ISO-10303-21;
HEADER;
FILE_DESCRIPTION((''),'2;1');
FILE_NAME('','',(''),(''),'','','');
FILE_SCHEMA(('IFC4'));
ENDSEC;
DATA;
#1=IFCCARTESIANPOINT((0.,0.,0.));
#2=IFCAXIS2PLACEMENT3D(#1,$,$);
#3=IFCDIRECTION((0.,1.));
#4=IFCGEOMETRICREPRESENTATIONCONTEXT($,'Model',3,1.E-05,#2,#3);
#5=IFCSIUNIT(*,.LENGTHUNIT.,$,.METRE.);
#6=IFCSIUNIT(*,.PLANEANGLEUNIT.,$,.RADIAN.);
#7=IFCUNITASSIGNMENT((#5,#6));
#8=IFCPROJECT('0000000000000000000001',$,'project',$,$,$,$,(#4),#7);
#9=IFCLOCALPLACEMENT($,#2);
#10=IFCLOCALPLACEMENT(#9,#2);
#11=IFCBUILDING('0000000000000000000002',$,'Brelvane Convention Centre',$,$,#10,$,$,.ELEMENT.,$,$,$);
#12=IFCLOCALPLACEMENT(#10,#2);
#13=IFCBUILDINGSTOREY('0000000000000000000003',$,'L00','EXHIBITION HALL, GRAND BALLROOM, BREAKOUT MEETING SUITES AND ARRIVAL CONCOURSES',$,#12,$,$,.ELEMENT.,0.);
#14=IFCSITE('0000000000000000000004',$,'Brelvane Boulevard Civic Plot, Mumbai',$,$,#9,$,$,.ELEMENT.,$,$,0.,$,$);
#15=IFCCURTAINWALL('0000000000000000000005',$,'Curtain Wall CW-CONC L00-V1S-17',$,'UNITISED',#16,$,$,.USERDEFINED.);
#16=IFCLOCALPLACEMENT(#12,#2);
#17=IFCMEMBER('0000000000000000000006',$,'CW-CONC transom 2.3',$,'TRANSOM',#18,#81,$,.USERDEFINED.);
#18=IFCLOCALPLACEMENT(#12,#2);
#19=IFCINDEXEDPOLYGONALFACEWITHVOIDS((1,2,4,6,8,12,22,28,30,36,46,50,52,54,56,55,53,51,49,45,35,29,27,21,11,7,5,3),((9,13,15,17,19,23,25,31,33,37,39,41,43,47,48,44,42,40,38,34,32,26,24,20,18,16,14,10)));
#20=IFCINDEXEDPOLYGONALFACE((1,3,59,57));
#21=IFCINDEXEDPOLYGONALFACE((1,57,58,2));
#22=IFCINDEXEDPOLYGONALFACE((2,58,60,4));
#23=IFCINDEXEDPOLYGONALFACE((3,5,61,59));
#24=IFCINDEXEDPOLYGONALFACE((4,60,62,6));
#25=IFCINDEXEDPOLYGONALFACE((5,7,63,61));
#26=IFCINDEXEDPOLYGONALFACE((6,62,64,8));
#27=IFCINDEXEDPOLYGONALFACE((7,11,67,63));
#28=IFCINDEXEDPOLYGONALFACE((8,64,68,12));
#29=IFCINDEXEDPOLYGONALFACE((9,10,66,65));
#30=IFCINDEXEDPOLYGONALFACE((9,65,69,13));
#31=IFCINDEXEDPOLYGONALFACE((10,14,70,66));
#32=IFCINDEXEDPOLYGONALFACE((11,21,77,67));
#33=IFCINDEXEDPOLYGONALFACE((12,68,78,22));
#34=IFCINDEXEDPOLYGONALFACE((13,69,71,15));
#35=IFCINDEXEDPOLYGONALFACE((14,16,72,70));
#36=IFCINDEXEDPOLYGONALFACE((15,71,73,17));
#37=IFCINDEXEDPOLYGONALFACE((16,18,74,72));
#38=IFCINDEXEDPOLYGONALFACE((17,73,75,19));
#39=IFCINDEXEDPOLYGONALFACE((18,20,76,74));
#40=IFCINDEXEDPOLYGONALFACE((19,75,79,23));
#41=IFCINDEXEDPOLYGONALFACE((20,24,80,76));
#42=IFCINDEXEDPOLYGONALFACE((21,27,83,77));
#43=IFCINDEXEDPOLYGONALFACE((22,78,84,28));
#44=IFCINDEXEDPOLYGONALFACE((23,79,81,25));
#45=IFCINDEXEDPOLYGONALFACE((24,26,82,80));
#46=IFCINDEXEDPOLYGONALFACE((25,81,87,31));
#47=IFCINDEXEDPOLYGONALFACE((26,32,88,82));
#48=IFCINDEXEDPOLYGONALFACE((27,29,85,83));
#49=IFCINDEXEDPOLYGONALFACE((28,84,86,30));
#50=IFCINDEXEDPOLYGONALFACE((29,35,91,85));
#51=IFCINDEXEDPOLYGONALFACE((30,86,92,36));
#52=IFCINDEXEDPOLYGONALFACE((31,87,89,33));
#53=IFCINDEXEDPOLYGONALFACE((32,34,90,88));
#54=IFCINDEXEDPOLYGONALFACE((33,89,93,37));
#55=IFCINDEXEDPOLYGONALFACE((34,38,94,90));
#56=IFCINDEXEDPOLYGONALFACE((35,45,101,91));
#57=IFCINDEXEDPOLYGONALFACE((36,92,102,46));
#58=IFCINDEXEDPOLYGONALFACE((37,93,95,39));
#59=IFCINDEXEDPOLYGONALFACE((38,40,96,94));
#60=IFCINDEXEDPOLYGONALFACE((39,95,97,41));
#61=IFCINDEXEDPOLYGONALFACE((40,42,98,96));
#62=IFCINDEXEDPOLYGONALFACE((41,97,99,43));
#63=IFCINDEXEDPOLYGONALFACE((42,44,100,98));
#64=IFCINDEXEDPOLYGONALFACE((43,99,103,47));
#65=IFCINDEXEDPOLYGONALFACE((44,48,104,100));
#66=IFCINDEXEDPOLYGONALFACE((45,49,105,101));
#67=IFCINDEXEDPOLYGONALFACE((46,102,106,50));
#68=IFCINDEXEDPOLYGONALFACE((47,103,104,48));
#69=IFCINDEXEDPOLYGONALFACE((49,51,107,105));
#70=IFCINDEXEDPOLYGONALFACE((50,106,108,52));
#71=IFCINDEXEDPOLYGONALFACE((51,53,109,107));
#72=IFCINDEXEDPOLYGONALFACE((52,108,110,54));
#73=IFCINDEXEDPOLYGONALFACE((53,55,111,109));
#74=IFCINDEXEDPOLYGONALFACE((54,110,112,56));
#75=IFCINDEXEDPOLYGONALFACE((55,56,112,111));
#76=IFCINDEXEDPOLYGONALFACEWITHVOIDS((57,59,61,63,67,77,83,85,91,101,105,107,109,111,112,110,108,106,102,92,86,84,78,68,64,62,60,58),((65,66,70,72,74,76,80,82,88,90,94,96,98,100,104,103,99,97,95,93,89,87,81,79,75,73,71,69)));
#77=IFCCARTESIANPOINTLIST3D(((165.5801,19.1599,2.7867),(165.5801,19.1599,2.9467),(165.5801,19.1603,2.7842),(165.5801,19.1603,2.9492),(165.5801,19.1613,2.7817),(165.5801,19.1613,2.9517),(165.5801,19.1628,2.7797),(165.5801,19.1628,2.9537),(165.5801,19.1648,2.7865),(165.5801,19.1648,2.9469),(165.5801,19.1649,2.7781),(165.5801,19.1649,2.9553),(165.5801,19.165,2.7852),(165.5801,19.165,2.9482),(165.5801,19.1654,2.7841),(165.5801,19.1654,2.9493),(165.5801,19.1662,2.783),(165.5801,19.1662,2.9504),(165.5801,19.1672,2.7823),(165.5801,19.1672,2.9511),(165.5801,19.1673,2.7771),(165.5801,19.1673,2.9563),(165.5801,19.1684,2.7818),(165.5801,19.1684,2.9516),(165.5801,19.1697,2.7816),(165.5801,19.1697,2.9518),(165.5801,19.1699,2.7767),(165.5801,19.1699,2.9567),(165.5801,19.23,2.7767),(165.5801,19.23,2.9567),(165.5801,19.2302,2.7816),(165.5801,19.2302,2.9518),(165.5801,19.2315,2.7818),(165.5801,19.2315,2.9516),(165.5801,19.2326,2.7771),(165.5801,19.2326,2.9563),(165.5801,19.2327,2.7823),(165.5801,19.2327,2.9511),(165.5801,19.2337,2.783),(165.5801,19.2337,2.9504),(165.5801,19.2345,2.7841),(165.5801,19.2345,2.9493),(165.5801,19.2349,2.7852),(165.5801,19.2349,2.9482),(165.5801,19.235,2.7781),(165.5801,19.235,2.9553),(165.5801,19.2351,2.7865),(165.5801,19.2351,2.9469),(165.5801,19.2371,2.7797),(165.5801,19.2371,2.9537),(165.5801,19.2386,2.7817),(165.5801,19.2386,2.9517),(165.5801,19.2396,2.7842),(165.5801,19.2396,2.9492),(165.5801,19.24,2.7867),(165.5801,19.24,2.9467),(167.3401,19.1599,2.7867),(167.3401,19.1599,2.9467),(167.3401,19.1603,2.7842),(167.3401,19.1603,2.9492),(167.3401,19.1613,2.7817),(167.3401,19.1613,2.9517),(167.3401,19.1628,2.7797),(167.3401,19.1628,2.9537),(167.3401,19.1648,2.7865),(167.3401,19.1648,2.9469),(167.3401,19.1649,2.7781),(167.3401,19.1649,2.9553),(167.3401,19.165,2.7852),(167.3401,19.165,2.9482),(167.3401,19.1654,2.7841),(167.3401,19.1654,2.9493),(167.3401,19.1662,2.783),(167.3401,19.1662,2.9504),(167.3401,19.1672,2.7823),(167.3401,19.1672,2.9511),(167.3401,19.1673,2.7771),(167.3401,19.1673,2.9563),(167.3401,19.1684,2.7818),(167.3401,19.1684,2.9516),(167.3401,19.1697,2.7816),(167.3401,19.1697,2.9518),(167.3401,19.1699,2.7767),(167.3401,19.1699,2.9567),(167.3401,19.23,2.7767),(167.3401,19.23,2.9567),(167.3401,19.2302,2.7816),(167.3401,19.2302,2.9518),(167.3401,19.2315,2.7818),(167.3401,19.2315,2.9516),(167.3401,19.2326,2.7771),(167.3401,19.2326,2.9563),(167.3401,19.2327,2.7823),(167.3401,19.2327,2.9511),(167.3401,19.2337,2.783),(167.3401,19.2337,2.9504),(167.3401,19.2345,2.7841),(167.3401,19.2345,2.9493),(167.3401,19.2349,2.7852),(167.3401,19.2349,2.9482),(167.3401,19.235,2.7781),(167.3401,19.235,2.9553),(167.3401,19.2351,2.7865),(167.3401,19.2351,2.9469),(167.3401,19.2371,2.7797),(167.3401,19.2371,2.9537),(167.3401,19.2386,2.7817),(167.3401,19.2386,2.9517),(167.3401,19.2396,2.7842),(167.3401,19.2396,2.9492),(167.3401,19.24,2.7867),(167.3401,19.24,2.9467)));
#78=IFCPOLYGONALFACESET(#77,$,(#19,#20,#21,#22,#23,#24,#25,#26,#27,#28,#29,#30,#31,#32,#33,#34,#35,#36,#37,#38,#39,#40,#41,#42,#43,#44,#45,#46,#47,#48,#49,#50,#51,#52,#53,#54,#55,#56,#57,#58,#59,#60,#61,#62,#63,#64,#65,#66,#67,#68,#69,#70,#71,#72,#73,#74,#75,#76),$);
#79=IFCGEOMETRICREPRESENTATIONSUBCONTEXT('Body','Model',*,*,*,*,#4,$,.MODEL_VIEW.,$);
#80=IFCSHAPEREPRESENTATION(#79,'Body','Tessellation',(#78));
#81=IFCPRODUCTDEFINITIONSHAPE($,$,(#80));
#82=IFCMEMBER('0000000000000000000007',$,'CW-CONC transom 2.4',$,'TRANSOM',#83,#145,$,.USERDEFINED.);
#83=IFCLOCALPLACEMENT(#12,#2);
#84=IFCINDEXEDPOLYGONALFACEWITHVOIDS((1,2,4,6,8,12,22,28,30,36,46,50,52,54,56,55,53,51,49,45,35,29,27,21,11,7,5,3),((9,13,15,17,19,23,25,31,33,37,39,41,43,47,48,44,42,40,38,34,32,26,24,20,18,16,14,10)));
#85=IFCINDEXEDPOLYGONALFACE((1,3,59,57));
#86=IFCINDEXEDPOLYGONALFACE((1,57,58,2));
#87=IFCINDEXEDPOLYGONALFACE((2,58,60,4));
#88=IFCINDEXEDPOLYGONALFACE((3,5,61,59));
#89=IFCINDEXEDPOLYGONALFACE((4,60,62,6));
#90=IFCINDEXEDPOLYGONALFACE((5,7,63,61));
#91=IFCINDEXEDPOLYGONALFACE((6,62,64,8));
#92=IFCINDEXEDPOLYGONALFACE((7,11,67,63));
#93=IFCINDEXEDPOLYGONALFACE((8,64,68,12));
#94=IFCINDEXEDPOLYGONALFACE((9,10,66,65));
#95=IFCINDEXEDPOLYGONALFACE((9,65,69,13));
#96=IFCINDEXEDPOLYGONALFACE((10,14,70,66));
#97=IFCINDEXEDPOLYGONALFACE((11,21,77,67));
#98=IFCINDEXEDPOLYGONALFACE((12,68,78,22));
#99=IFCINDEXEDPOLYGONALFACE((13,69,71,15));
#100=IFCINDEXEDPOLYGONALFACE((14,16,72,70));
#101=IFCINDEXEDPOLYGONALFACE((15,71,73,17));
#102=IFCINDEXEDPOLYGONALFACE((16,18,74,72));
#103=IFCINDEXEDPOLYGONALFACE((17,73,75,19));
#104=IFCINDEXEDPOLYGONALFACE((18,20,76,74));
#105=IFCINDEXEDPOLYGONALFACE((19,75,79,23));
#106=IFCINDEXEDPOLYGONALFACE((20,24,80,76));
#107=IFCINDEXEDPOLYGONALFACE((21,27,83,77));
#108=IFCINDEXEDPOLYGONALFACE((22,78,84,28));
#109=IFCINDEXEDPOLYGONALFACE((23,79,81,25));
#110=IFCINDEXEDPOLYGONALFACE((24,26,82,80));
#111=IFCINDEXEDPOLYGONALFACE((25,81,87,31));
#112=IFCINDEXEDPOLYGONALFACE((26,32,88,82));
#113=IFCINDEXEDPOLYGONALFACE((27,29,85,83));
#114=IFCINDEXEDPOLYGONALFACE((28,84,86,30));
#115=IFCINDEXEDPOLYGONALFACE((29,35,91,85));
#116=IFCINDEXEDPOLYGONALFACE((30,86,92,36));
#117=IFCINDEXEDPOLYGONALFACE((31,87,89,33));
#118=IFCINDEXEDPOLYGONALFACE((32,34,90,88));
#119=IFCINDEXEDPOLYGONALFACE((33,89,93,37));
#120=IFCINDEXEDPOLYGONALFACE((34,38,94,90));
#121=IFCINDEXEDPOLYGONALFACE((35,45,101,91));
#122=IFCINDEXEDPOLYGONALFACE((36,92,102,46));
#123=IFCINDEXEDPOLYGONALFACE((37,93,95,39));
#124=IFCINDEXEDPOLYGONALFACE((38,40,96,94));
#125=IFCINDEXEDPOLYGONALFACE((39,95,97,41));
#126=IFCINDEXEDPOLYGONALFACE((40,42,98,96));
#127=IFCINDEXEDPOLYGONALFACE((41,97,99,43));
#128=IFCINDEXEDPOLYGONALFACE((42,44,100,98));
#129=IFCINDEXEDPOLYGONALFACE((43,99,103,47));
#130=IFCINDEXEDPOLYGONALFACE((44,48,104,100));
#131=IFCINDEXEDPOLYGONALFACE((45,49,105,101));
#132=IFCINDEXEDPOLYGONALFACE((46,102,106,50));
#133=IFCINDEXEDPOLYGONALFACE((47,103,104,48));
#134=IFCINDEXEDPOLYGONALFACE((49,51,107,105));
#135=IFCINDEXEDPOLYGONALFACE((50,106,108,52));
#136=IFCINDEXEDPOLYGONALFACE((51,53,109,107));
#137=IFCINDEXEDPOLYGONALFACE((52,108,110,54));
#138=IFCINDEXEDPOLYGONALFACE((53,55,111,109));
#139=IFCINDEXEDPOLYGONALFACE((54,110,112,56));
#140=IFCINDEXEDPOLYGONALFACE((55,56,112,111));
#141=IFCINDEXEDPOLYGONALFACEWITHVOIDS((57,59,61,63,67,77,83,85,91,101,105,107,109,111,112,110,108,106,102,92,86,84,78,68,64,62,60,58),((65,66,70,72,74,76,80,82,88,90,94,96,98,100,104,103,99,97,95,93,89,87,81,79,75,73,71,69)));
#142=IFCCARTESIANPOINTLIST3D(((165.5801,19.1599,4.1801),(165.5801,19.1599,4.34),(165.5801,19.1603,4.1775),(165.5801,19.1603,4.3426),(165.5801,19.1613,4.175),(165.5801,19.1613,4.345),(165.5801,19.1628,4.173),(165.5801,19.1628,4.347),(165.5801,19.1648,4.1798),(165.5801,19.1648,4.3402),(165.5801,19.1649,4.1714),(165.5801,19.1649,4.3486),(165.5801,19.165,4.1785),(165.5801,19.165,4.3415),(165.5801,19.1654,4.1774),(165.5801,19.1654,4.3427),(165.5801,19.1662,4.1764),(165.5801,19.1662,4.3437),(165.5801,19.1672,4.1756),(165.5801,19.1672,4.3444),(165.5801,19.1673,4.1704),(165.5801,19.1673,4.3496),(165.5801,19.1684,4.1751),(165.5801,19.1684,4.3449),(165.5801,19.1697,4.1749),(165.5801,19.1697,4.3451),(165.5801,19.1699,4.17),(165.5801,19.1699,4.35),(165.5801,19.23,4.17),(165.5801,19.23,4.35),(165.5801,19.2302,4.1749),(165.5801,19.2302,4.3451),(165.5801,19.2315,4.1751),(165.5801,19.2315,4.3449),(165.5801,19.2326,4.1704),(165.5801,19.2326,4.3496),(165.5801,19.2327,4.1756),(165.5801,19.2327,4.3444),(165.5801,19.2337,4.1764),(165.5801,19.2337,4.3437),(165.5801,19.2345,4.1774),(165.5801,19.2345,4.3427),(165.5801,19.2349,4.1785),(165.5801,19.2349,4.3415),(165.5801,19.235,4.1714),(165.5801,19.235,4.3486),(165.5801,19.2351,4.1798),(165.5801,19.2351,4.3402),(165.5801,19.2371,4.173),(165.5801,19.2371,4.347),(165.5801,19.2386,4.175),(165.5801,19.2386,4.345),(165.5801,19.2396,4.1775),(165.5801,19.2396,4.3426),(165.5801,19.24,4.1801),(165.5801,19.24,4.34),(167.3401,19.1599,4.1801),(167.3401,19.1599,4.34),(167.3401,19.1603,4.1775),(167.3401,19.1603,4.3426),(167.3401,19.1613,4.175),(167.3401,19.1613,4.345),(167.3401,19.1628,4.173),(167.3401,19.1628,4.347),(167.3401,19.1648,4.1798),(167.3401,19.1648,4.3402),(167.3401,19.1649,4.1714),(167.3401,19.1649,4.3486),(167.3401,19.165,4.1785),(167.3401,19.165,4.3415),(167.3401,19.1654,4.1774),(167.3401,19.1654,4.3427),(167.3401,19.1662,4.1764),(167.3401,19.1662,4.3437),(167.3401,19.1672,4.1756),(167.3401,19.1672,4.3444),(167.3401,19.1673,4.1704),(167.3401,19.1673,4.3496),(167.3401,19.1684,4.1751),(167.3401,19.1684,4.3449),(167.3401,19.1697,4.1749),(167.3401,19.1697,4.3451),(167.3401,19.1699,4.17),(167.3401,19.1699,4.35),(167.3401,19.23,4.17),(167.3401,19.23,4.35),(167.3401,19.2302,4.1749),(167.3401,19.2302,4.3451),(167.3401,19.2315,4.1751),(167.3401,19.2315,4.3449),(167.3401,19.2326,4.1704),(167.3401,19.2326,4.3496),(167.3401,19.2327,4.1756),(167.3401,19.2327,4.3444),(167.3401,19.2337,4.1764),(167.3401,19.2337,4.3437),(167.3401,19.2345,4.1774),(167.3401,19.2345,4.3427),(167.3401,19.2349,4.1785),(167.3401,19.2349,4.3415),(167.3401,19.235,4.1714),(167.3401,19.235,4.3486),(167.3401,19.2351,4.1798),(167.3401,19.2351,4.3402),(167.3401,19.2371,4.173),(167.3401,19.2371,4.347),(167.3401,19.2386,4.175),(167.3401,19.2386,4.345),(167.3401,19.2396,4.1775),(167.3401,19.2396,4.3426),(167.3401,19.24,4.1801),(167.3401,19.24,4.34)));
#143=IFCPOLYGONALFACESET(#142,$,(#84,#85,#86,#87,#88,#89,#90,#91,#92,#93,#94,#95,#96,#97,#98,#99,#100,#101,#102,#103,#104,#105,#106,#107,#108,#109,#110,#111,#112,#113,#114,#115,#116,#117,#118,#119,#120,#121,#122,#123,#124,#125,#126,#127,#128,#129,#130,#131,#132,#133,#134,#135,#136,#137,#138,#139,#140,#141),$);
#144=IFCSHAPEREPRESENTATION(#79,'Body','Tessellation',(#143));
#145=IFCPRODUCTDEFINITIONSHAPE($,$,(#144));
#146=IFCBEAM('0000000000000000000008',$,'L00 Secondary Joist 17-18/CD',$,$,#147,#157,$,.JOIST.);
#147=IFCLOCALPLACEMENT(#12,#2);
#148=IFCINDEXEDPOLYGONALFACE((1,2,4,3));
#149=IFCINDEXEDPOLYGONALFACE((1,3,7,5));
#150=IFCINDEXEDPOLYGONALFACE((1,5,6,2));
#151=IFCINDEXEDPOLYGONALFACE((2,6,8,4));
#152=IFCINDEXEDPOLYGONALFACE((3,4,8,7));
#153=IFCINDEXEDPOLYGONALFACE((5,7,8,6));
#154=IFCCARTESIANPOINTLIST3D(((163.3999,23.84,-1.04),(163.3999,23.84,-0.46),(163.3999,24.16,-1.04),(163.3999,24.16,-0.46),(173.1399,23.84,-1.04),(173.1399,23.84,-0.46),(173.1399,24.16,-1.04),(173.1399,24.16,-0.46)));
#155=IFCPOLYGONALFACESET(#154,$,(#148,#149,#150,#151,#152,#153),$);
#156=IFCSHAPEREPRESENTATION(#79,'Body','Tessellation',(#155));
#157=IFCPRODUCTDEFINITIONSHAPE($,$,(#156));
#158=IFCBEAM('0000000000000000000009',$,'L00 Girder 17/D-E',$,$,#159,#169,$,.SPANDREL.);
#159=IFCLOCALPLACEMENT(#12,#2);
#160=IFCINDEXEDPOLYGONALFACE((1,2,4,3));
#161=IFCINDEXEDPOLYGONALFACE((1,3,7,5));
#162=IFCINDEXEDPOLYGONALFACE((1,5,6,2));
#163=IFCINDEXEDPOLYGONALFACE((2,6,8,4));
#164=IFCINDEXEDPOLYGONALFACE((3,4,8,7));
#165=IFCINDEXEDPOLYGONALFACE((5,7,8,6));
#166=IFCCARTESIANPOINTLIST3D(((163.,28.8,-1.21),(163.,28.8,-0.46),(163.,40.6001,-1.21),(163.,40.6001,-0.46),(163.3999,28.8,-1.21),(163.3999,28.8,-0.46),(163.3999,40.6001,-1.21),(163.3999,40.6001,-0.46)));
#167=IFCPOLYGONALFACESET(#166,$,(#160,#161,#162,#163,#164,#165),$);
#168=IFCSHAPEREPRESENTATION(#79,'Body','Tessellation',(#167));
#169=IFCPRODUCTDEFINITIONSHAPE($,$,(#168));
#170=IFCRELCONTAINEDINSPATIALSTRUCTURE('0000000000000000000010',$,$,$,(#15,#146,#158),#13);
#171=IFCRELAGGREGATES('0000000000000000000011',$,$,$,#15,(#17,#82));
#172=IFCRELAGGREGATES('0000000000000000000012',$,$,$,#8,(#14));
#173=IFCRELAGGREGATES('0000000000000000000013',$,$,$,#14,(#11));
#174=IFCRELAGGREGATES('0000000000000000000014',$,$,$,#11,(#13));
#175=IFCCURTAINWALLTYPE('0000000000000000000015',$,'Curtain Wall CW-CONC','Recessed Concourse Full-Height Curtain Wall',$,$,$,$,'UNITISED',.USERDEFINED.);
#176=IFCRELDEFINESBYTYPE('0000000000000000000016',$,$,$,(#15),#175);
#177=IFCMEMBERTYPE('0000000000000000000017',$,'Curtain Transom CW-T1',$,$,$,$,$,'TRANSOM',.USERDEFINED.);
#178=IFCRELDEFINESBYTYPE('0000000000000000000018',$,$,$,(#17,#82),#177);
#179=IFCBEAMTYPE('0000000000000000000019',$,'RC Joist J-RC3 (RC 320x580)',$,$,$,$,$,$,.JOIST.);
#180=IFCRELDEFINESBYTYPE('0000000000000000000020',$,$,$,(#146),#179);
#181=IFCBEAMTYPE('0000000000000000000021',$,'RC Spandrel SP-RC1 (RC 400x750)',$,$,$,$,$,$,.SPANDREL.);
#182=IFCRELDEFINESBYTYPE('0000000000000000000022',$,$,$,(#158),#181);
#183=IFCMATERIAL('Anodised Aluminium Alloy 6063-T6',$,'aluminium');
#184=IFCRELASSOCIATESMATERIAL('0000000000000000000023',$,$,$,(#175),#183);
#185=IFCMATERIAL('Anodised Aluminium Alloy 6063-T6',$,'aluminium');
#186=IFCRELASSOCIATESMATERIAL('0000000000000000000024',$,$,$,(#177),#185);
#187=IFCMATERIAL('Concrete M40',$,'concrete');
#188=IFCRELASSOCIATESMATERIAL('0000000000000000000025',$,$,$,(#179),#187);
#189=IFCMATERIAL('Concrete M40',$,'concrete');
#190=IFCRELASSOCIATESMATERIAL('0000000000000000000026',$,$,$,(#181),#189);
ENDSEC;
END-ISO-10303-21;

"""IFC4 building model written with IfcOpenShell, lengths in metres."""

from ifc_helpers import new_model, si_unit, direction, frame, origin, origin_2d, place, context, subcontext, project, spatial, rectangle, hollow_rectangle, extrude, material, material_profile, profile_set, type_object, element, aggregate, save


model = new_model("IFC4")

# Units and contexts
model_context = context("Model", 3, precision=1e-05, world=origin(), true_north=direction((0.0, 1.0)))
body_context = subcontext(model_context, "Body", "Model", "MODEL_VIEW")
ifc_project = project(units=[si_unit("LENGTHUNIT", "METRE"), si_unit("PLANEANGLEUNIT", "RADIAN")], contexts=[model_context])

# Site, building, storey
site_placement = place(None, origin())
site = spatial("IfcSite", under=ifc_project, at=site_placement, Name="Brelvane Boulevard Civic Plot, Mumbai", CompositionType="ELEMENT", RefElevation=0.0)
building_placement = place(site_placement, origin())
building = spatial("IfcBuilding", under=site, at=building_placement, Name="Brelvane Convention Centre", CompositionType="ELEMENT")
storey_placement = place(building_placement, origin())
storey = spatial("IfcBuildingStorey", under=building, at=storey_placement, Name="L00", Description="EXHIBITION HALL, GRAND BALLROOM, BREAKOUT MEETING SUITES AND ARRIVAL CONCOURSES", CompositionType="ELEMENT", Elevation=0.0)

# Curtain wall, members
ifc_material_1 = material(Name="Anodised Aluminium Alloy 6063-T6", Category="aluminium")
curtain_wall_type = type_object("IfcCurtainWallType", Name="Curtain Wall CW-CONC", Description="Recessed Concourse Full-Height Curtain Wall", ElementType="UNITISED", PredefinedType="USERDEFINED", material=ifc_material_1)
curtain_wall_placement = place(storey_placement, origin())
curtain_wall = element("IfcCurtainWall", 1, at=curtain_wall_placement, inside=storey, type_object=curtain_wall_type, Name="Curtain Wall CW-CONC L00-V1S-17", ObjectType="UNITISED", PredefinedType="USERDEFINED")
ifc_material_2 = material(Name="Anodised Aluminium Alloy 6063-T6", Category="aluminium")
ifc_material_profile_1 = material_profile(ifc_material_2, hollow_rectangle(XDim=0.0801, YDim=0.1799, WallThickness=0.0049, InnerFilletRadius=0.0049, OuterFilletRadius=0.01, at=origin_2d()), Name="ALU-T 180x80x5.0")
ifc_profile_set_1 = profile_set([ifc_material_profile_1], Name="Anodised Aluminium Alloy 6063-T6")
member_type_1 = type_object("IfcMemberType", Name="Curtain Transom CW-T1", ElementType="TRANSOM", PredefinedType="USERDEFINED", material=ifc_profile_set_1)
member_1_placement = place(storey_placement, frame((165.5801, 19.2, 2.8667), z_axis=(1.0, 0.0, 0.0), x_axis=(0.0, 1.0, 0.0)))
member_1 = element("IfcMember", 2, at=member_1_placement, type_object=member_type_1, Name="CW-CONC transom 2.3", ObjectType="TRANSOM", PredefinedType="USERDEFINED", context=body_context, shape_type="SweptSolid", body=[
    extrude(hollow_rectangle(XDim=0.0801, YDim=0.1799, WallThickness=0.0049, InnerFilletRadius=0.0049, OuterFilletRadius=0.01, at=origin_2d()), origin(), (0.0, 0.0, 1.0), 1.76),
])
member_2_placement = place(storey_placement, frame((165.5801, 19.2, 4.26), z_axis=(1.0, 0.0, 0.0), x_axis=(0.0, 1.0, 0.0)))
member_2 = element("IfcMember", 3, at=member_2_placement, type_object=member_type_1, Name="CW-CONC transom 2.4", ObjectType="TRANSOM", PredefinedType="USERDEFINED", context=body_context, shape_type="SweptSolid", body=[
    extrude(hollow_rectangle(XDim=0.0801, YDim=0.1799, WallThickness=0.0049, InnerFilletRadius=0.0049, OuterFilletRadius=0.01, at=origin_2d()), origin(), (0.0, 0.0, 1.0), 1.76),
])

# Beams
ifc_material_3 = material(Name="Concrete M40", Category="concrete")
ifc_material_profile_2 = material_profile(ifc_material_3, rectangle(XDim=0.3201, YDim=0.5801, at=origin_2d()), Name="RC 320x580")
ifc_profile_set_2 = profile_set([ifc_material_profile_2], Name="Concrete M40")
beam_type_1 = type_object("IfcBeamType", Name="RC Joist J-RC3 (RC 320x580)", PredefinedType="JOIST", material=ifc_profile_set_2)
beam_1_placement = place(storey_placement, frame((163.3999, 24.0, -0.75), z_axis=(1.0, 0.0, 0.0), x_axis=(0.0, 1.0, 0.0)))
element("IfcBeam", 4, at=beam_1_placement, inside=storey, type_object=beam_type_1, Name="L00 Secondary Joist 17-18/CD", PredefinedType="JOIST", context=body_context, shape_type="SweptSolid", body=[
    extrude(rectangle(XDim=0.3201, YDim=0.5801, at=origin_2d()), origin(), (0.0, 0.0, 1.0), 9.74),
])
ifc_material_4 = material(Name="Concrete M40", Category="concrete")
ifc_material_profile_3 = material_profile(ifc_material_4, rectangle(XDim=0.3999, YDim=0.75, at=origin_2d()), Name="RC 400x750")
ifc_profile_set_3 = profile_set([ifc_material_profile_3], Name="Concrete M40")
beam_type_2 = type_object("IfcBeamType", Name="RC Spandrel SP-RC1 (RC 400x750)", PredefinedType="SPANDREL", material=ifc_profile_set_3)
beam_2_placement = place(storey_placement, frame((163.2, 28.8, -0.835), z_axis=(0.0, 1.0, 0.0), x_axis=(-1.0, 0.0, 0.0)))
element("IfcBeam", 5, at=beam_2_placement, inside=storey, type_object=beam_type_2, Name="L00 Girder 17/D-E", PredefinedType="SPANDREL", context=body_context, shape_type="SweptSolid", body=[
    extrude(rectangle(XDim=0.3999, YDim=0.75, at=origin_2d()), origin(), (0.0, 0.0, 1.0), 11.8),
])

aggregate(curtain_wall, [member_1, member_2])

save(model, "model.ifc")
